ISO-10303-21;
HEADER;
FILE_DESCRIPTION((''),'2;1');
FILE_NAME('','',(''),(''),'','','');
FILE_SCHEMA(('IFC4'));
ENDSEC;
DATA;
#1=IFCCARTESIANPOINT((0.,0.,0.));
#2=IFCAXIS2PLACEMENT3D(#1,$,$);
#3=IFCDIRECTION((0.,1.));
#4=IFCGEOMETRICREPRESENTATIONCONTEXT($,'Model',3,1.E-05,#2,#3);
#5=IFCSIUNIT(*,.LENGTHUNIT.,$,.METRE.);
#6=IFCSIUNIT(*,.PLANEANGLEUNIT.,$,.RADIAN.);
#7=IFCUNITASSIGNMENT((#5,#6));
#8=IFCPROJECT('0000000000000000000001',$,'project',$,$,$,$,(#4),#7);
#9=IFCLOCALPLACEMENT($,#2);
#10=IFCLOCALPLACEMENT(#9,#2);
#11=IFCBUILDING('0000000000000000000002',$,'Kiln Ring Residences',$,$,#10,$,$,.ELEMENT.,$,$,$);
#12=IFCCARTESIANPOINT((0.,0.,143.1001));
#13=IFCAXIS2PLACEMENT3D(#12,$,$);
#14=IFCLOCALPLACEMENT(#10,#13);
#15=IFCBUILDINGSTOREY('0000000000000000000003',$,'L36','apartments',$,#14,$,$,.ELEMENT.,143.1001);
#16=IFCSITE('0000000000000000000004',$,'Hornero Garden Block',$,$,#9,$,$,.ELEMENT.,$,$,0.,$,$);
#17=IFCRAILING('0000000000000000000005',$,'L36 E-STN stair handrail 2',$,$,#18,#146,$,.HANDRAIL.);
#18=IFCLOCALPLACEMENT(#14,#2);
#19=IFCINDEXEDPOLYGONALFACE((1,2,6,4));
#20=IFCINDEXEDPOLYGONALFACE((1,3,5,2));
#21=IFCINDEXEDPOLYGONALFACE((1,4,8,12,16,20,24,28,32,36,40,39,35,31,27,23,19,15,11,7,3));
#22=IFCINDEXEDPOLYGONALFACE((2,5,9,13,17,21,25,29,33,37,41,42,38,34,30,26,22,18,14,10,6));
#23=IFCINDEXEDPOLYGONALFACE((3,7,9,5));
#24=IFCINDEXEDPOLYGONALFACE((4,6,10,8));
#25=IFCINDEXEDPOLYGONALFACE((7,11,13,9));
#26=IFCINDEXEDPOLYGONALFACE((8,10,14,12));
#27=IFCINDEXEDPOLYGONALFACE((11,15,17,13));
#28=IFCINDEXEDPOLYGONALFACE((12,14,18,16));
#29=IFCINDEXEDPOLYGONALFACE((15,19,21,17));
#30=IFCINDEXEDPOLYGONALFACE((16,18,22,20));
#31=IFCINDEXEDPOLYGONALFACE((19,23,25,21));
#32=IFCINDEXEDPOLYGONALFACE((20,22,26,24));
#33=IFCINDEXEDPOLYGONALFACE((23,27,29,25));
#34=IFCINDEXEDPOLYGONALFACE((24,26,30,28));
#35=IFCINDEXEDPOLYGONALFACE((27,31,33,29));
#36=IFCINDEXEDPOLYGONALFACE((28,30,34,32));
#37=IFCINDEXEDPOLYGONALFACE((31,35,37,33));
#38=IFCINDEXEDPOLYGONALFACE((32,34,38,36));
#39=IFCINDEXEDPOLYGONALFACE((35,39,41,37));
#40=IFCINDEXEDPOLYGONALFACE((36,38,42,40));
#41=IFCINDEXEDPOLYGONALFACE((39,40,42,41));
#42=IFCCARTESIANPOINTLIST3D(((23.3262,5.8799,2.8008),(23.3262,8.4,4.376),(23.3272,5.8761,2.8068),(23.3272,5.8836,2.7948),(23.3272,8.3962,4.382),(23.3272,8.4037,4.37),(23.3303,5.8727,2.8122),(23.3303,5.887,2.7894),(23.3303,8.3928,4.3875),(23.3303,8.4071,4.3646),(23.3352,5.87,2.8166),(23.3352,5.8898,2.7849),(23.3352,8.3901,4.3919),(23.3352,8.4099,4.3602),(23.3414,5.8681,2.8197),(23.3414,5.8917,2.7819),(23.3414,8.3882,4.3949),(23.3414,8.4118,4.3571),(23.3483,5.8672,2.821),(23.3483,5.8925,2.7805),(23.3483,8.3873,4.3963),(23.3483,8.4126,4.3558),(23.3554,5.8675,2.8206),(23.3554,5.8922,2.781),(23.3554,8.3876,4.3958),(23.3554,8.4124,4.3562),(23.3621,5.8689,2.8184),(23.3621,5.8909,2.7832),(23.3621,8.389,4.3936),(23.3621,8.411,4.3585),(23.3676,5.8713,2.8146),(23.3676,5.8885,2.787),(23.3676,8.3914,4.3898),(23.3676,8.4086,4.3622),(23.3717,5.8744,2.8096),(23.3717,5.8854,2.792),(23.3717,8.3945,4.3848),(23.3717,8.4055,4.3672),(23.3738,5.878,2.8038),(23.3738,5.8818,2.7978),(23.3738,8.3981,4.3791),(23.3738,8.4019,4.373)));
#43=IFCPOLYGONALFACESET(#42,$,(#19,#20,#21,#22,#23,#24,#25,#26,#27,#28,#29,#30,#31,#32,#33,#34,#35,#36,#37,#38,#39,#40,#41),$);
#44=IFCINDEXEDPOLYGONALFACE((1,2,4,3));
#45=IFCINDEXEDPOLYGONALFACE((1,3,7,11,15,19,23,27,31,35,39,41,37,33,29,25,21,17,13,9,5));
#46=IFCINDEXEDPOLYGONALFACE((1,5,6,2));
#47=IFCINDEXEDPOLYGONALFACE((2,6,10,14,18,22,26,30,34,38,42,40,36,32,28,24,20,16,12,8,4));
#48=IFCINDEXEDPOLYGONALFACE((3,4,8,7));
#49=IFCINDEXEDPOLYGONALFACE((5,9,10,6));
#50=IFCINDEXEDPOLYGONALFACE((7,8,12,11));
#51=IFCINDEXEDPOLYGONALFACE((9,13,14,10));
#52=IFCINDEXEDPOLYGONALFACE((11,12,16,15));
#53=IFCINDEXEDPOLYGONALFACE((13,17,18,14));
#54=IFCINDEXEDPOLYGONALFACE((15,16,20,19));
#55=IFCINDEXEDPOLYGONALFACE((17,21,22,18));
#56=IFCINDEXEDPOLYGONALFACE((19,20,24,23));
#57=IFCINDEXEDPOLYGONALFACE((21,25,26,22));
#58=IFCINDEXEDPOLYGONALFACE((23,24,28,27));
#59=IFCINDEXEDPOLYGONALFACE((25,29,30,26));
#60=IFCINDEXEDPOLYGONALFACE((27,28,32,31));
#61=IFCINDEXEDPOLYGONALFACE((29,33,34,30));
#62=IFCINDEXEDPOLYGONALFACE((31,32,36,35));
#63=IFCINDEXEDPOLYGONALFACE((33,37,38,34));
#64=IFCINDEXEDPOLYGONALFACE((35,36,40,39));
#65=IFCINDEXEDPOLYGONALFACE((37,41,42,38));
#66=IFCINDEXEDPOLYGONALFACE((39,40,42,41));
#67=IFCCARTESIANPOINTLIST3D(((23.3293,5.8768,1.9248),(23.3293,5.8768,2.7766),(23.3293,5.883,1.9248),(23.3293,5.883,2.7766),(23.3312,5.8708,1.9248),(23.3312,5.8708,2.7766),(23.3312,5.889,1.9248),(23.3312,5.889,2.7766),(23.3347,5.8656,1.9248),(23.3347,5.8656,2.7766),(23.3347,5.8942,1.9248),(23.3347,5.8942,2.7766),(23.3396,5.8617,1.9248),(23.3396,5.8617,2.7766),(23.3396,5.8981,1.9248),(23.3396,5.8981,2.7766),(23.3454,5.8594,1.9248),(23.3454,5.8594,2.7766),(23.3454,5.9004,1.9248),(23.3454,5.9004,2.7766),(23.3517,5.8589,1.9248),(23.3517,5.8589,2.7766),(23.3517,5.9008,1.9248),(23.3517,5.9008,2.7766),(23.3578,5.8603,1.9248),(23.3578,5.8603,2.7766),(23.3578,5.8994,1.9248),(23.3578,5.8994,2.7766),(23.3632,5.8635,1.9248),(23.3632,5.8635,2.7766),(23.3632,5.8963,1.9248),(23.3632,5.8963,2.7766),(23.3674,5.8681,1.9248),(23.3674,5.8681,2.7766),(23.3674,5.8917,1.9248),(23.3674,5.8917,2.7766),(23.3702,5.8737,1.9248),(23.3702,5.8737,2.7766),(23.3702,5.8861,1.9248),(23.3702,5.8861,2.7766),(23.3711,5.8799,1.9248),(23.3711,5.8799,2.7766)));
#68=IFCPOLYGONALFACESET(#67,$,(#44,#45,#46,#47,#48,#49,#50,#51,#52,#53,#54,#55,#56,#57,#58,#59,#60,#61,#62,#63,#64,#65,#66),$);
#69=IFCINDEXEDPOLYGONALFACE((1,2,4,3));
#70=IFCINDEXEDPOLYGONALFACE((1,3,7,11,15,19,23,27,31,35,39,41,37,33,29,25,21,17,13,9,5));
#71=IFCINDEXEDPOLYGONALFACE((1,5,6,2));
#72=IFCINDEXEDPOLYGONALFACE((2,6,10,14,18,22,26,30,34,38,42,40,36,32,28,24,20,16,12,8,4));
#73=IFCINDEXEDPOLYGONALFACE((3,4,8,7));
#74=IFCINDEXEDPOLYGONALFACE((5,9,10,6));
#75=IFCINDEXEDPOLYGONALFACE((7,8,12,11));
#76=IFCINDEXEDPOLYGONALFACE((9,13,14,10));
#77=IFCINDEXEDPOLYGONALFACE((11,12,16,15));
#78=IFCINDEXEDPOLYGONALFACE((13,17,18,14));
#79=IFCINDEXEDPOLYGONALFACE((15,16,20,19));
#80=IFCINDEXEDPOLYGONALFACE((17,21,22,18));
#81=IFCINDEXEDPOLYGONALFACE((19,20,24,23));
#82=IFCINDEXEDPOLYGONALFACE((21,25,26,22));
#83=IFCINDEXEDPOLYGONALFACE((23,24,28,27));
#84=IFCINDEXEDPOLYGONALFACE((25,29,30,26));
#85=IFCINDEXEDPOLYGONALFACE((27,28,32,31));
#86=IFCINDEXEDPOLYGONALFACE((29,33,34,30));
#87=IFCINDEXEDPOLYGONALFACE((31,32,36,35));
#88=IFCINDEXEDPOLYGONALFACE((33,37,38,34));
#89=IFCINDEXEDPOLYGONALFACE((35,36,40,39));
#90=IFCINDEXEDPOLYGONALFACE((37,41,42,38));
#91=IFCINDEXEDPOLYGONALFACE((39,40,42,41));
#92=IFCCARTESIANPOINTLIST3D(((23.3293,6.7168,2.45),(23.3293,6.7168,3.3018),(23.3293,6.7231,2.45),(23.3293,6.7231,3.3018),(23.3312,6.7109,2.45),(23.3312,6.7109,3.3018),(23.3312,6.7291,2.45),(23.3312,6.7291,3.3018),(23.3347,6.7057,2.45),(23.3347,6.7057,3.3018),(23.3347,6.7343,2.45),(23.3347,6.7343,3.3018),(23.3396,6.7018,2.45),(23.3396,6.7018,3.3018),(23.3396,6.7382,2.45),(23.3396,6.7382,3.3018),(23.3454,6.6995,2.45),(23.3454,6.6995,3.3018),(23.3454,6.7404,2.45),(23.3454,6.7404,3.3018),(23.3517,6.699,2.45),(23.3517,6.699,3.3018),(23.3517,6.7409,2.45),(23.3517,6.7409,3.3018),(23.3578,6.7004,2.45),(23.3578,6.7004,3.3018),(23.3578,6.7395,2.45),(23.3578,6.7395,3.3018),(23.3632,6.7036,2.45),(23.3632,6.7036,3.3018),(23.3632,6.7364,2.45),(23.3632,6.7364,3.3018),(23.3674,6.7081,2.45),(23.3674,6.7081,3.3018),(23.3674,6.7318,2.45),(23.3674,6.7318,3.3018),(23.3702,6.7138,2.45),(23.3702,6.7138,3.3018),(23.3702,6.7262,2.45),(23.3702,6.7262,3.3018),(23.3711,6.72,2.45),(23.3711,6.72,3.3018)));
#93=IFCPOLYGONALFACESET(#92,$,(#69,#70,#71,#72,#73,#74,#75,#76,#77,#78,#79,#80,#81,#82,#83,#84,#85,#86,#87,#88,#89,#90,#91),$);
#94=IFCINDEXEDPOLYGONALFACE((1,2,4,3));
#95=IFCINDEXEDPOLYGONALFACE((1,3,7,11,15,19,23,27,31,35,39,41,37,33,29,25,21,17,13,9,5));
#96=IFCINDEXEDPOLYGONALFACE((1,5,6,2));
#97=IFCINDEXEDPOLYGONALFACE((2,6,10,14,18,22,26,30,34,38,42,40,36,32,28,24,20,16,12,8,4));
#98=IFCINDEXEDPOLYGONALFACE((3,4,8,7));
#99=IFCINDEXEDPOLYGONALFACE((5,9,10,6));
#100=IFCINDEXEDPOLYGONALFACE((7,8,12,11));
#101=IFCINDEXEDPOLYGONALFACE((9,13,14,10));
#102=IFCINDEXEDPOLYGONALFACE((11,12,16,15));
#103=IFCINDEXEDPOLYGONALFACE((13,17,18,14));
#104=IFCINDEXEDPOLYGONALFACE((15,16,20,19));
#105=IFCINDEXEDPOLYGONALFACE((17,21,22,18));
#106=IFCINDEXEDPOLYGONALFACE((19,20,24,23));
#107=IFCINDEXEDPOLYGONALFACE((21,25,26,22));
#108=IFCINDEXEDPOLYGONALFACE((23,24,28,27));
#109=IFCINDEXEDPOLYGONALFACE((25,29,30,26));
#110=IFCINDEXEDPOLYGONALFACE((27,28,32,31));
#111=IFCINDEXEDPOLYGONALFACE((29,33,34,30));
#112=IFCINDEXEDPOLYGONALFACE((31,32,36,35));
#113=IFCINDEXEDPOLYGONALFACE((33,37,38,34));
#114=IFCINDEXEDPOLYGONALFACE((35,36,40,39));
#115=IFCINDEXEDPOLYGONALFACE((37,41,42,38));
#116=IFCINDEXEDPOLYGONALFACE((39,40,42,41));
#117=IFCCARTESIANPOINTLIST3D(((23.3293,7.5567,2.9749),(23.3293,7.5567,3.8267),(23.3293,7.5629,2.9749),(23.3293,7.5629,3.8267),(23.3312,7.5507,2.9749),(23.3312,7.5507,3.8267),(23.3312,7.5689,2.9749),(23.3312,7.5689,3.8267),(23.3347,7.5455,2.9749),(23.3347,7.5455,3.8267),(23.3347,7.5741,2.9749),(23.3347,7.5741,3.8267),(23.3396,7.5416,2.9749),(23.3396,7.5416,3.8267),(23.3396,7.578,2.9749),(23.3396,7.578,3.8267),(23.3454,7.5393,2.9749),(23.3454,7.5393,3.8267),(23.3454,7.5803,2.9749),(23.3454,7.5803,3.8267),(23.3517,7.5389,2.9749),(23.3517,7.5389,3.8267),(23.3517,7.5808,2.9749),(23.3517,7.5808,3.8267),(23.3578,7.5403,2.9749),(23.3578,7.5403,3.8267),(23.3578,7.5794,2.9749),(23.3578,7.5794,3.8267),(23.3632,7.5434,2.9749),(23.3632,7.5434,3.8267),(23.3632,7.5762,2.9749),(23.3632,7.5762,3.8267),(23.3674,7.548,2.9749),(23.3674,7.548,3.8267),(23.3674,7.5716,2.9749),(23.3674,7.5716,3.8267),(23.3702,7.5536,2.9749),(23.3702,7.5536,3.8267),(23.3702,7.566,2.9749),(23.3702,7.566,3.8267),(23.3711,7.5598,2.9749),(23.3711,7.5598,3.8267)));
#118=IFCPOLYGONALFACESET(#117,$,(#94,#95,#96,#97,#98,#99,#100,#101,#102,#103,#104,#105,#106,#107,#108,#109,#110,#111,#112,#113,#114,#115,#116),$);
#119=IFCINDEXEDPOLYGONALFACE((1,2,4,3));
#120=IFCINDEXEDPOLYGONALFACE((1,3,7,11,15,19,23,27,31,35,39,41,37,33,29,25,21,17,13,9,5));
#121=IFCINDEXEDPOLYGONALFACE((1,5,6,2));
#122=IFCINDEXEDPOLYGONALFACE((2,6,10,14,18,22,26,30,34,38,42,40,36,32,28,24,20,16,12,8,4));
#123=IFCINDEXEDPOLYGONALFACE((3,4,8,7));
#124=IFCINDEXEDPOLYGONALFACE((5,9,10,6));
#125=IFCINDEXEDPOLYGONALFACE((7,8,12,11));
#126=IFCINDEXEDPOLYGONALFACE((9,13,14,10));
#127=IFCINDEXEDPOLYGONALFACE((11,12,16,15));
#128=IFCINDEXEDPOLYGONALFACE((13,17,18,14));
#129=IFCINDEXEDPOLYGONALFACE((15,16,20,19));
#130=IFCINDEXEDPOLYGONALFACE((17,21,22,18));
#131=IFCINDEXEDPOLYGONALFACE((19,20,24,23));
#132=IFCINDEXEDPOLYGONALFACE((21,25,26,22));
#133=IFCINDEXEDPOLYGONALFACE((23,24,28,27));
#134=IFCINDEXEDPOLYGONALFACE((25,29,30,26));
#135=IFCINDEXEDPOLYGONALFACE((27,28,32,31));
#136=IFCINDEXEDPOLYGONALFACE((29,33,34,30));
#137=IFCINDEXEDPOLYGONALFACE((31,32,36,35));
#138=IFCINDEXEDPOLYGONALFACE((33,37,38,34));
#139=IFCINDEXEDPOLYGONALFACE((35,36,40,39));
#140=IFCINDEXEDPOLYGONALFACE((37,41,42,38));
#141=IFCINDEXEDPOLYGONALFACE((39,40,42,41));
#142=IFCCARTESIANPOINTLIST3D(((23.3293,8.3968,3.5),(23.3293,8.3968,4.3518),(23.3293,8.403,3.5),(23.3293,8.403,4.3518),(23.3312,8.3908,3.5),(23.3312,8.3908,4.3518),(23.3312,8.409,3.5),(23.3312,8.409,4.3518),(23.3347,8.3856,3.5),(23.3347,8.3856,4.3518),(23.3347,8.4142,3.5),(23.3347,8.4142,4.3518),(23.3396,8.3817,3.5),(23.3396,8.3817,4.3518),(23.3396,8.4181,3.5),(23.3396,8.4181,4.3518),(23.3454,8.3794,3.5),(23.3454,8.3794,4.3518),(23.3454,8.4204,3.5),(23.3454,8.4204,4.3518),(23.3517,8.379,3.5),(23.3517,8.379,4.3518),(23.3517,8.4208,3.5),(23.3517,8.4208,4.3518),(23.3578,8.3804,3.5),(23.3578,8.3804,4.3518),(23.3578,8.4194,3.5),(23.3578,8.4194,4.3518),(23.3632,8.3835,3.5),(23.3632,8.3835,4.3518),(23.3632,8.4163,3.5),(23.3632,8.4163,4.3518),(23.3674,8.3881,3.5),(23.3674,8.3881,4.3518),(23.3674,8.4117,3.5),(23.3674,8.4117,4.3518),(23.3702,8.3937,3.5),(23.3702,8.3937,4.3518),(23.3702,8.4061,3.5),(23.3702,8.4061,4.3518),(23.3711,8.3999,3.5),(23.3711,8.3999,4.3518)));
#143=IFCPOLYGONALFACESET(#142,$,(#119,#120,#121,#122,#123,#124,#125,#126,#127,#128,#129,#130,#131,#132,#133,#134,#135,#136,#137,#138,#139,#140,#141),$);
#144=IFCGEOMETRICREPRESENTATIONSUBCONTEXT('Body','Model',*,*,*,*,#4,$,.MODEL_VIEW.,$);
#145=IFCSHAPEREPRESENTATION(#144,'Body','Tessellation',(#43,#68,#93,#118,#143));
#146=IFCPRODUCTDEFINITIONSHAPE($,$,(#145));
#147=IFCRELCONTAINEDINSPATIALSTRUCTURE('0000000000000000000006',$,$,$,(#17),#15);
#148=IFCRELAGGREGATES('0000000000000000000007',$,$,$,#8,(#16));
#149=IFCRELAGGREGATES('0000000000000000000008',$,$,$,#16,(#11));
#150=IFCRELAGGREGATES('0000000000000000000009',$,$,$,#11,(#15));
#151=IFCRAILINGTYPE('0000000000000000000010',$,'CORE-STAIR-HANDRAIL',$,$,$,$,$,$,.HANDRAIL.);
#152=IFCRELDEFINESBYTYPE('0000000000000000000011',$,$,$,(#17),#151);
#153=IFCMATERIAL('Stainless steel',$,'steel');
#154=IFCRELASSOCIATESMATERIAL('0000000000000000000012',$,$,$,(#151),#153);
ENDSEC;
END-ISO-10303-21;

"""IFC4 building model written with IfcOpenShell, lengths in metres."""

from ifc_helpers import new_model, si_unit, direction, frame, origin, origin_2d, place, context, subcontext, project, spatial, circle, extrude, material, type_object, element, save


model = new_model("IFC4")

# Units and contexts
model_context = context("Model", 3, precision=1e-05, world=origin(), true_north=direction((0.0, 1.0)))
body_context = subcontext(model_context, "Body", "Model", "MODEL_VIEW")
ifc_project = project(units=[si_unit("LENGTHUNIT", "METRE"), si_unit("PLANEANGLEUNIT", "RADIAN")], contexts=[model_context])

# Site, building, storey
site_placement = place(None, origin())
site = spatial("IfcSite", under=ifc_project, at=site_placement, Name="Hornero Garden Block", CompositionType="ELEMENT", RefElevation=0.0)
building_placement = place(site_placement, origin())
building = spatial("IfcBuilding", under=site, at=building_placement, Name="Kiln Ring Residences", CompositionType="ELEMENT")
storey_placement = place(building_placement, frame((0.0, 0.0, 143.1001)))
storey = spatial("IfcBuildingStorey", under=building, at=storey_placement, Name="L36", Description="apartments", CompositionType="ELEMENT", Elevation=143.1001)

# Railing
ifc_material_1 = material(Name="Stainless steel", Category="steel")
railing_type_1 = type_object("IfcRailingType", Name="CORE-STAIR-HANDRAIL", PredefinedType="HANDRAIL", material=ifc_material_1)
railing_1_placement = place(storey_placement, frame((23.3501, 5.8799, 1.9248)))
element("IfcRailing", 1, at=railing_1_placement, inside=storey, type_object=railing_type_1, Name="L36 E-STN stair handrail 2", PredefinedType="HANDRAIL", context=body_context, shape_type="SweptSolid", body=[
    extrude(circle(Radius=0.0239, at=origin_2d()), frame((0.0, 0.0, 0.876), z_axis=(0.0, 0.847971, 0.530043), x_axis=(-1.0, 0.0, 0.0)), (0.0, 0.0, 1.0), 2.9719),
    extrude(circle(Radius=0.021, at=origin_2d()), origin(), (0.0, 0.0, 1.0), 0.8518),
    extrude(circle(Radius=0.021, at=origin_2d()), frame((0.0, 0.8401, 0.5251)), (0.0, 0.0, 1.0), 0.8518),
    extrude(circle(Radius=0.021, at=origin_2d()), frame((0.0, 1.6799, 1.05)), (0.0, 0.0, 1.0), 0.8518),
    extrude(circle(Radius=0.021, at=origin_2d()), frame((0.0, 2.52, 1.5752)), (0.0, 0.0, 1.0), 0.8518),
])

save(model, "model.ifc")
